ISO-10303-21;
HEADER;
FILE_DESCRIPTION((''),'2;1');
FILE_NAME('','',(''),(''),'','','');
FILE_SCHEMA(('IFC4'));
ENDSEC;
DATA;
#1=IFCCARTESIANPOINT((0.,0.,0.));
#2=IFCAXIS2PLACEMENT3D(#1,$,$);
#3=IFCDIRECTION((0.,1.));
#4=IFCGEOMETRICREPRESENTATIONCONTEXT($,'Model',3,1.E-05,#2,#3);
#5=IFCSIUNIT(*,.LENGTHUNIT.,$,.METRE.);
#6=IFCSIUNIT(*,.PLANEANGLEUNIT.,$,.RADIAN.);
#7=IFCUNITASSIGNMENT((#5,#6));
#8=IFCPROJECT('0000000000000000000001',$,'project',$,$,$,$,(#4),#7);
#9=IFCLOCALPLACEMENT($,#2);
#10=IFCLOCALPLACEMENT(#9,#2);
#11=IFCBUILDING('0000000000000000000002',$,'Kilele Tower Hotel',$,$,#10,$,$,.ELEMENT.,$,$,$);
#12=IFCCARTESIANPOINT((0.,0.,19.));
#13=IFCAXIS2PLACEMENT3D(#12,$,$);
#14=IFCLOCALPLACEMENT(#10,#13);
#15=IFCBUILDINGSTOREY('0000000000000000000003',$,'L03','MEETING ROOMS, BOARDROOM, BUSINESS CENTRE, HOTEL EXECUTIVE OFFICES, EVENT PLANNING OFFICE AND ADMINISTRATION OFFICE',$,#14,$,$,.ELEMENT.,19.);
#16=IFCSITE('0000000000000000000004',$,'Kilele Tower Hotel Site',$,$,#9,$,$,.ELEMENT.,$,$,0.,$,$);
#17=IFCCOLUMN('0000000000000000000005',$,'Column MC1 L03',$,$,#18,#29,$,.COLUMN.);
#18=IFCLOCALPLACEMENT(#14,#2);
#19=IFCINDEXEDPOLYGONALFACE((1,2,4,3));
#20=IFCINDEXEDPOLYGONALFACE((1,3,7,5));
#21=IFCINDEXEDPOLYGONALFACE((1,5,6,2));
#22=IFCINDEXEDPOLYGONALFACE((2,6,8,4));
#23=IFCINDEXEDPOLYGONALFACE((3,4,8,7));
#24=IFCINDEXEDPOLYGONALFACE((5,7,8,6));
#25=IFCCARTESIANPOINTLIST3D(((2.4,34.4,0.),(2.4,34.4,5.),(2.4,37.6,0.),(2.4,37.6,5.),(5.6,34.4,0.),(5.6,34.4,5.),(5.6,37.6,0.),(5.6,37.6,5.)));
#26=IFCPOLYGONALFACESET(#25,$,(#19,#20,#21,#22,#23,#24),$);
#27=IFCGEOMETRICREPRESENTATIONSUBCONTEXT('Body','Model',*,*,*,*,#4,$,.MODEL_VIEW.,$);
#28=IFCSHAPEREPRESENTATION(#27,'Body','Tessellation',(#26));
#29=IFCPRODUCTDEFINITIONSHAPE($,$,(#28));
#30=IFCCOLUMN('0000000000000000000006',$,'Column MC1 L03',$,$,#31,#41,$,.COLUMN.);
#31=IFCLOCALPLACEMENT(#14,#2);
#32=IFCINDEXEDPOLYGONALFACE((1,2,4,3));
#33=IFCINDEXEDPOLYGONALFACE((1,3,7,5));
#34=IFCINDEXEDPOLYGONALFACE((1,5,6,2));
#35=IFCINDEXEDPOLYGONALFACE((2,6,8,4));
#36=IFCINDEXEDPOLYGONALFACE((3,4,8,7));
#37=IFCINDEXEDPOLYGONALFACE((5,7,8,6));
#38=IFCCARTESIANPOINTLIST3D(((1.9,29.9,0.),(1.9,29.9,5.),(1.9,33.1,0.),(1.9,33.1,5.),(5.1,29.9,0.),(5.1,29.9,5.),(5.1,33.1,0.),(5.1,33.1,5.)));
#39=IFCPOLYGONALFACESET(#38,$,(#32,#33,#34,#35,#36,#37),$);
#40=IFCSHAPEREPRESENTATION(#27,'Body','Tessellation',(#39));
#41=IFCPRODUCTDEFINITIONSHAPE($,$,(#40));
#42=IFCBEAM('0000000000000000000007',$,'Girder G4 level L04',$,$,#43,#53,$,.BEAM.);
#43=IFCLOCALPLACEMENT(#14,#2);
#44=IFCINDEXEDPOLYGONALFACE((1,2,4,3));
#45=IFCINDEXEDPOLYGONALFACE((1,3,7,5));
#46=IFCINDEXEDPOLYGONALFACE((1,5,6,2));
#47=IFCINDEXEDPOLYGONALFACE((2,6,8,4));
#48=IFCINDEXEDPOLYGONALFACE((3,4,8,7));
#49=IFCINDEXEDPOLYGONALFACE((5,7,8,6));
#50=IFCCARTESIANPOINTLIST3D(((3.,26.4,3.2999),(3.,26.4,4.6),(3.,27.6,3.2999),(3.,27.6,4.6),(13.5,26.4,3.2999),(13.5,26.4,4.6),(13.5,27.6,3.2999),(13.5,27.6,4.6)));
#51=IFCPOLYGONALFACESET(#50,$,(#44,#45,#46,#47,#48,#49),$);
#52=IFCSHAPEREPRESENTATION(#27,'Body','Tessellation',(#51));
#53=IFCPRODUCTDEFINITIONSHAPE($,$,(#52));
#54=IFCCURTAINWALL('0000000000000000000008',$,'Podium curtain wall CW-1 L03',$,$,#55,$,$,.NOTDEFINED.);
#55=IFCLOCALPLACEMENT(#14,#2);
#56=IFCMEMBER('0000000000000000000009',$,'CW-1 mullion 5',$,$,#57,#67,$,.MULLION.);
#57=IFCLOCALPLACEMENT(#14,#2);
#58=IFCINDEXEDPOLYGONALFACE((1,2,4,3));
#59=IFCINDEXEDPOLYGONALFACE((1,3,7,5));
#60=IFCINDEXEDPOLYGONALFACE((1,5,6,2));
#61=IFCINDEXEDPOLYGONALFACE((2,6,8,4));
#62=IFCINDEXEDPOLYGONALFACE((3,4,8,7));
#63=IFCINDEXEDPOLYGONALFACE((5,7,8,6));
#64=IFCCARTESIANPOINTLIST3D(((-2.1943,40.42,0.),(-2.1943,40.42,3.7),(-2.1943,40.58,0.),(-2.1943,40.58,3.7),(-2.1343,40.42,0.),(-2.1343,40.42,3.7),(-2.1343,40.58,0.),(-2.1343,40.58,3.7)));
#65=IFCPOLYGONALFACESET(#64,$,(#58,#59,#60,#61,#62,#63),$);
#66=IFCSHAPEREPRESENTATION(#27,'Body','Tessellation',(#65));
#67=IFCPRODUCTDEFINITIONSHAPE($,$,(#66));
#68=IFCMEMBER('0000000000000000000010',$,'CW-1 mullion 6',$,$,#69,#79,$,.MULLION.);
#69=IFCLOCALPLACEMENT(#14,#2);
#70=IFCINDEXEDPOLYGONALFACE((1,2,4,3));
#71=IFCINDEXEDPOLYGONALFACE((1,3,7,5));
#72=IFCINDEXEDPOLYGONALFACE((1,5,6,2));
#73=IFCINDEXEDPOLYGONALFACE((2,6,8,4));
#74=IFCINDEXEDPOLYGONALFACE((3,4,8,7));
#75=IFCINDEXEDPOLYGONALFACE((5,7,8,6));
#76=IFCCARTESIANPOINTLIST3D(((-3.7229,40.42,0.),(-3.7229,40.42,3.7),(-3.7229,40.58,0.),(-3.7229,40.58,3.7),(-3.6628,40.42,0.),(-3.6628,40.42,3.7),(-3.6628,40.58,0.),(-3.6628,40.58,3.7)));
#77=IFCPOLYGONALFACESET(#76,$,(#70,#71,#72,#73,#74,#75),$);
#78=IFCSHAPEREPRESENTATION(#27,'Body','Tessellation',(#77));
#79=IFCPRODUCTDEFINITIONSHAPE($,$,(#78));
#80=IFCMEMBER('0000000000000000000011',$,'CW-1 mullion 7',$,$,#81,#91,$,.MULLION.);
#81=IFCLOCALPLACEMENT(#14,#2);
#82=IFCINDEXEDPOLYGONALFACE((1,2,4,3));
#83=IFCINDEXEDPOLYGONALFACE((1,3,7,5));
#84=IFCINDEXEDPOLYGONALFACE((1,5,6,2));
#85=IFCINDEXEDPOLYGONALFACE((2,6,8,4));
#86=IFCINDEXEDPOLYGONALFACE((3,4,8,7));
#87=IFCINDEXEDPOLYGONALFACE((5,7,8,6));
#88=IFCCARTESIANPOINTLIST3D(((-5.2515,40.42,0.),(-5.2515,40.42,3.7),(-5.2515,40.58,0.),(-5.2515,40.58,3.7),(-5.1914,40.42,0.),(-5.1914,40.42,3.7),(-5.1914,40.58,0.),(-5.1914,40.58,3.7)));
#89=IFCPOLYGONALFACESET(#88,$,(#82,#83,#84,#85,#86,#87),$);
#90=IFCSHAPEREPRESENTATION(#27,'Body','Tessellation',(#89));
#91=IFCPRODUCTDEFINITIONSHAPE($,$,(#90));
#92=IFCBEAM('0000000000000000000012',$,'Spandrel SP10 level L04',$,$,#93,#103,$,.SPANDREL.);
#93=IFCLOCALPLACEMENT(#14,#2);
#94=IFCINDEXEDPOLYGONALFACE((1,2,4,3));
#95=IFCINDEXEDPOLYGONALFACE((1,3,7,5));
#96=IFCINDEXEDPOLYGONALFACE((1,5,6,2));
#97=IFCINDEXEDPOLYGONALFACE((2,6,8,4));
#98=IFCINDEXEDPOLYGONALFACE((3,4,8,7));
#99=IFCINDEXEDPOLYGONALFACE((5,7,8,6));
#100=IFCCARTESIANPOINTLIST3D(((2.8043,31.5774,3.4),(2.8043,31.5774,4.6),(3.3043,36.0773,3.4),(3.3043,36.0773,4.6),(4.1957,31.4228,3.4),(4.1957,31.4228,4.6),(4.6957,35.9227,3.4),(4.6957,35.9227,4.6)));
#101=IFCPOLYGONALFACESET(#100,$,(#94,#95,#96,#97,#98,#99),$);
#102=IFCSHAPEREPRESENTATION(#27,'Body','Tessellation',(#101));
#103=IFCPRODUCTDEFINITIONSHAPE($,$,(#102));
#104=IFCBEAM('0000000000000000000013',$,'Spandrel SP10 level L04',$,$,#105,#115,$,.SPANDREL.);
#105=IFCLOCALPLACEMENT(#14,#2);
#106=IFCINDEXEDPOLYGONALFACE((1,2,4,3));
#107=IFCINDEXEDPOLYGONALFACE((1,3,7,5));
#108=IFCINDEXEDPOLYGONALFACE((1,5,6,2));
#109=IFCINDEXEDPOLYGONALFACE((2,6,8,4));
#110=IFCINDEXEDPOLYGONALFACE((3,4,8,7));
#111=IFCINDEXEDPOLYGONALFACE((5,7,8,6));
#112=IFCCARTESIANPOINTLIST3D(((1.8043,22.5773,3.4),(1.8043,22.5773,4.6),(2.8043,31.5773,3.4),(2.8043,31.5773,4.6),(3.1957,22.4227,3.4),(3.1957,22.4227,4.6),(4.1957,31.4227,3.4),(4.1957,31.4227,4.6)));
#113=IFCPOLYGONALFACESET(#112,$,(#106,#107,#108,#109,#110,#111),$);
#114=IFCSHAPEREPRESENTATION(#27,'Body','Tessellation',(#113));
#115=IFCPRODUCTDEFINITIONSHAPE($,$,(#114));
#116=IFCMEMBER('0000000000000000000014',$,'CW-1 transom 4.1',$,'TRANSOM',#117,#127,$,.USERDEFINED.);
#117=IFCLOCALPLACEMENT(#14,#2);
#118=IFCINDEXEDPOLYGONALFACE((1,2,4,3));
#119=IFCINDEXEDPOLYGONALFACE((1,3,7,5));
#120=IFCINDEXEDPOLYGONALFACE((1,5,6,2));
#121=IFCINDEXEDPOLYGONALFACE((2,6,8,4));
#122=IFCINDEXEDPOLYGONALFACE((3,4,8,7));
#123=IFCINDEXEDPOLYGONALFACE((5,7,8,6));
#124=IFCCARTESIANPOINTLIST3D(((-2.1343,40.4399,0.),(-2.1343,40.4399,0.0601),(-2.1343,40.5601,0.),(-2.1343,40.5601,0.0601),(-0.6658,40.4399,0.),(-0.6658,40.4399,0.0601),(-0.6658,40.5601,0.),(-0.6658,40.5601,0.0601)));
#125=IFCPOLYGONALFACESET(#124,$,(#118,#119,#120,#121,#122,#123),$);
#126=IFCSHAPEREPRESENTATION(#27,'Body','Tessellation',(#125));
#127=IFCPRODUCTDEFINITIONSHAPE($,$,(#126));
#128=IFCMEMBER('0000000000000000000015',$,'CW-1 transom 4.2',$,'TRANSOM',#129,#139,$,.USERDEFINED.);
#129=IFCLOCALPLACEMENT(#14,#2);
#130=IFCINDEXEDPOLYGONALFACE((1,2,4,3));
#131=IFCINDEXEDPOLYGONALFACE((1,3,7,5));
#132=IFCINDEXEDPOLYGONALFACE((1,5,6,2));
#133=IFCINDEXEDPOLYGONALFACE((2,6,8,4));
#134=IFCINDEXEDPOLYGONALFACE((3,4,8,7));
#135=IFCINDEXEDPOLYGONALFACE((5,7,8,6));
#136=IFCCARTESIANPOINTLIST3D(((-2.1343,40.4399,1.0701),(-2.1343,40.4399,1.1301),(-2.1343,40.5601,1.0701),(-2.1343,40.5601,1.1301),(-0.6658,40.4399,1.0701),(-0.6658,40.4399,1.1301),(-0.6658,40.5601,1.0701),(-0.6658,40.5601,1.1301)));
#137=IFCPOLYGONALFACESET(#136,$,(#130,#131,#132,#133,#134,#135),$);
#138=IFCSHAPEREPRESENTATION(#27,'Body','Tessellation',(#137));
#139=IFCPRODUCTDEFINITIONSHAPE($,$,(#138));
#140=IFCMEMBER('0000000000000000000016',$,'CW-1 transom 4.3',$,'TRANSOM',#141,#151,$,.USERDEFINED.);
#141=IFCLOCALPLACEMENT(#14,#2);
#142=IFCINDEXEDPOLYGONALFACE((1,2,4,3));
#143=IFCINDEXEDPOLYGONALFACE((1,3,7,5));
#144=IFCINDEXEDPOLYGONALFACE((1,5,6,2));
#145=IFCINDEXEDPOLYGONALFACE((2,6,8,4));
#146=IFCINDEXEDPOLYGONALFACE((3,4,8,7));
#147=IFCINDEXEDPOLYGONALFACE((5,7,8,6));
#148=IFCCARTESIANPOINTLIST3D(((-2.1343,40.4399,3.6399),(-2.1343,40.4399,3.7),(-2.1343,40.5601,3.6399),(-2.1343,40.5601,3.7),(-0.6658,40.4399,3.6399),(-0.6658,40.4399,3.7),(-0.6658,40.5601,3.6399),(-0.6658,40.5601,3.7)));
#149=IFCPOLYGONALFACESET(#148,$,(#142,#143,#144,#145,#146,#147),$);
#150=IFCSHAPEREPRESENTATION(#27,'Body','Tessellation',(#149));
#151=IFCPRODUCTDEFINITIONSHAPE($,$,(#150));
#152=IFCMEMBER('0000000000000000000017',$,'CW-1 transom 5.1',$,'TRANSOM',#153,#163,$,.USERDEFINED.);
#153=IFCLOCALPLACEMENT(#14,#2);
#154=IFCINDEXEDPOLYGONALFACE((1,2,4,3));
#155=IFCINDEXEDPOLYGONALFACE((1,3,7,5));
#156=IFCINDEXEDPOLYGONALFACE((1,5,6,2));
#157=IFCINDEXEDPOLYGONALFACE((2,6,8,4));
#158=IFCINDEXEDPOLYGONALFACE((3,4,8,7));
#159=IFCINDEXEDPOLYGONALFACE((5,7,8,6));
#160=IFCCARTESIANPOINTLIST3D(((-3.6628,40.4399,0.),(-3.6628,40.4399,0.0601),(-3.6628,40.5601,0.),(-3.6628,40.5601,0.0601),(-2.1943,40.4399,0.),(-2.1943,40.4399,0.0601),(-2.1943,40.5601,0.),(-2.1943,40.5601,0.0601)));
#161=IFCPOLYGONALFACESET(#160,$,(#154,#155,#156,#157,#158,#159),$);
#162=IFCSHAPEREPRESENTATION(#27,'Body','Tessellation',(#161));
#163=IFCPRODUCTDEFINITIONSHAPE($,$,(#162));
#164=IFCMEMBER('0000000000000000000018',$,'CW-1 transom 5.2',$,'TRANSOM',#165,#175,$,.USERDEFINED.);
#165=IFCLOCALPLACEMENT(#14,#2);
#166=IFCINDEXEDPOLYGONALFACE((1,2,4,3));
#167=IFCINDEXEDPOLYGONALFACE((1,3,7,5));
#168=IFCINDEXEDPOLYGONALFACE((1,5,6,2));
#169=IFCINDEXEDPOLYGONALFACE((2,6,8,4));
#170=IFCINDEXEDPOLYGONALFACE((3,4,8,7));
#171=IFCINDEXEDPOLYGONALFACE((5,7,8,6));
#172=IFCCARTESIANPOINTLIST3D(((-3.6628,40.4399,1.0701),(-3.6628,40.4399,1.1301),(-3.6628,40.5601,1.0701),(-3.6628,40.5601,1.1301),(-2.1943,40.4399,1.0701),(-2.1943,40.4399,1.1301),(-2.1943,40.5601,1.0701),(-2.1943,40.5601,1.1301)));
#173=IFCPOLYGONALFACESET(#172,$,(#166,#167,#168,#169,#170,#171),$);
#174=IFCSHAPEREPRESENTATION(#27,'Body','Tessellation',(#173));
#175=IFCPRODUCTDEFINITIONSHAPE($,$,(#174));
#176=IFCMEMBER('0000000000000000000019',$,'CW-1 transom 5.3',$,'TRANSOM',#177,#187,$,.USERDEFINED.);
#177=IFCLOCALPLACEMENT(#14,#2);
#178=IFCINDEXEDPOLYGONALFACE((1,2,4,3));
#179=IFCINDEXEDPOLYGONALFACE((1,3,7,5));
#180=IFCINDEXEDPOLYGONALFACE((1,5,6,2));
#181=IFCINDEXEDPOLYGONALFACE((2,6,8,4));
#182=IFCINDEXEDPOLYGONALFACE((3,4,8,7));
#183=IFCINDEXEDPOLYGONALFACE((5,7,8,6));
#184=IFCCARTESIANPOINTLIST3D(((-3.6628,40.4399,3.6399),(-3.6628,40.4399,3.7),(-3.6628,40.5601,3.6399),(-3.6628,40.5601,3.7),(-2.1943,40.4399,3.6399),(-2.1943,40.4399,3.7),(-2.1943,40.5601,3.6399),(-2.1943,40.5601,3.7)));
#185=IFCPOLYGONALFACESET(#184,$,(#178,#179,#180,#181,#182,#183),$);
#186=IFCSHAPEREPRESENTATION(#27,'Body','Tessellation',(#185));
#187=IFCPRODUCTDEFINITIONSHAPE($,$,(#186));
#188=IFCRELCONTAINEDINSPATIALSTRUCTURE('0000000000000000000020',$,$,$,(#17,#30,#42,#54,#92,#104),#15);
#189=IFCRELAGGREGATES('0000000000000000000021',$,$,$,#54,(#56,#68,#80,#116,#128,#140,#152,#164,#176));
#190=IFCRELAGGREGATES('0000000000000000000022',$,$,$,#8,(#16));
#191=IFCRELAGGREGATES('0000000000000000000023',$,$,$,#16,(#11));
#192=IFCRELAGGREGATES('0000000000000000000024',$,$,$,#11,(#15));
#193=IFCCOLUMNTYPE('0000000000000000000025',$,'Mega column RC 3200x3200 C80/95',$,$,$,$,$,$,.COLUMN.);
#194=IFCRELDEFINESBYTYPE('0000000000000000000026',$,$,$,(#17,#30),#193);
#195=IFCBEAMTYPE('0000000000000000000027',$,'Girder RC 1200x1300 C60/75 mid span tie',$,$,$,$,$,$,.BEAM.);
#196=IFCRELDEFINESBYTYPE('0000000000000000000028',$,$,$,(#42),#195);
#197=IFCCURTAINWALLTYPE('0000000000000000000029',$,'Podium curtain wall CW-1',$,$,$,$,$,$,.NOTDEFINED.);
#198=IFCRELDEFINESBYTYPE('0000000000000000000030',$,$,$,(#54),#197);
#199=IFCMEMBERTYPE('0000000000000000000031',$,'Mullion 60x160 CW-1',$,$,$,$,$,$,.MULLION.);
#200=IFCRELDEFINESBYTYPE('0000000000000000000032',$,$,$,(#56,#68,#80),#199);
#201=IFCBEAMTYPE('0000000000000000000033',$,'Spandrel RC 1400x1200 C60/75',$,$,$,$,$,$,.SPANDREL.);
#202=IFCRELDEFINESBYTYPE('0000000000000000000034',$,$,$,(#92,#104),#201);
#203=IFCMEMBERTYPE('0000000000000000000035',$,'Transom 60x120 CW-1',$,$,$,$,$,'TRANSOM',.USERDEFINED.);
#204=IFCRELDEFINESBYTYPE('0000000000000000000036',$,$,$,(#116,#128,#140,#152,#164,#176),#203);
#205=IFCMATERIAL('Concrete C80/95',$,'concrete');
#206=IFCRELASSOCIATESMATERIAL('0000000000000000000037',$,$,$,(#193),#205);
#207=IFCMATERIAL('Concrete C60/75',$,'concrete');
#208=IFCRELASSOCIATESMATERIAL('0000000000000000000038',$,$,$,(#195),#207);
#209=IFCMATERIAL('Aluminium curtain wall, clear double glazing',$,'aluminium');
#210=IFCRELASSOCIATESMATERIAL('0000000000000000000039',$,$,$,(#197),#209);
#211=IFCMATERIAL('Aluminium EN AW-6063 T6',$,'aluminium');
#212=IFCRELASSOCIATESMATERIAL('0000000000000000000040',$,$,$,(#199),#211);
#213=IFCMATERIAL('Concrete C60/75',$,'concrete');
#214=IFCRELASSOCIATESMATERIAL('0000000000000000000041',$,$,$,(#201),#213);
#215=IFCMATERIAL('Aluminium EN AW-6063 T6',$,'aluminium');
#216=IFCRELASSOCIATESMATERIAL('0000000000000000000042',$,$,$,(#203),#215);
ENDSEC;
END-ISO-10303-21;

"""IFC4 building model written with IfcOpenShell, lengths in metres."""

from ifc_helpers import new_model, si_unit, direction, frame, origin, origin_2d, place, context, subcontext, project, spatial, rectangle, extrude, material, material_profile, profile_set, type_object, element, aggregate, save


model = new_model("IFC4")

# Units and contexts
model_context = context("Model", 3, precision=1e-05, world=origin(), true_north=direction((0.0, 1.0)))
body_context = subcontext(model_context, "Body", "Model", "MODEL_VIEW")
ifc_project = project(units=[si_unit("LENGTHUNIT", "METRE"), si_unit("PLANEANGLEUNIT", "RADIAN")], contexts=[model_context])

# Site, building, storey
site_placement = place(None, origin())
site = spatial("IfcSite", under=ifc_project, at=site_placement, Name="Kilele Tower Hotel Site", CompositionType="ELEMENT", RefElevation=0.0)
building_placement = place(site_placement, origin())
building = spatial("IfcBuilding", under=site, at=building_placement, Name="Kilele Tower Hotel", CompositionType="ELEMENT")
storey_placement = place(building_placement, frame((0.0, 0.0, 19.0)))
storey = spatial("IfcBuildingStorey", under=building, at=storey_placement, Name="L03", Description="MEETING ROOMS, BOARDROOM, BUSINESS CENTRE, HOTEL EXECUTIVE OFFICES, EVENT PLANNING OFFICE AND ADMINISTRATION OFFICE", CompositionType="ELEMENT", Elevation=19.0)

# Columns
ifc_material_1 = material(Name="Concrete C80/95", Category="concrete")
ifc_material_profile_1 = material_profile(ifc_material_1, rectangle(XDim=3.2, YDim=3.2, at=origin_2d()))
ifc_profile_set_1 = profile_set([ifc_material_profile_1], Name="Concrete C80/95")
column_type = type_object("IfcColumnType", Name="Mega column RC 3200x3200 C80/95", PredefinedType="COLUMN", material=ifc_profile_set_1)
for number, where, z_axis, x_axis, name in (
    (1, (4.0, 36.0, 0.0), (0.0, 0.0, 1.0), (1.0, 0.0, 0.0), "Column MC1 L03"),
    (2, (3.5, 31.5, 0.0), (0.0, 0.0, 1.0), (1.0, 0.0, 0.0), "Column MC1 L03"),
):
    element("IfcColumn", number, at=place(storey_placement, frame(where, z_axis=z_axis, x_axis=x_axis)), inside=storey, type_object=column_type, Name=name, PredefinedType="COLUMN", context=body_context, shape_type="SweptSolid", body=[
        extrude(rectangle(XDim=3.2, YDim=3.2, at=origin_2d()), origin(), (0.0, 0.0, 1.0), 5.0),
    ])

# Beam
ifc_material_2 = material(Name="Concrete C60/75", Category="concrete")
ifc_material_profile_2 = material_profile(ifc_material_2, rectangle(XDim=1.2, YDim=1.3, at=origin_2d()))
ifc_profile_set_2 = profile_set([ifc_material_profile_2], Name="Concrete C60/75")
beam_type_1 = type_object("IfcBeamType", Name="Girder RC 1200x1300 C60/75 mid span tie", PredefinedType="BEAM", material=ifc_profile_set_2)
beam_1_placement = place(storey_placement, frame((3.0, 27.0, 3.95), z_axis=(1.0, 0.0, 0.0), x_axis=(0.0, 1.0, 0.0)))
element("IfcBeam", 3, at=beam_1_placement, inside=storey, type_object=beam_type_1, Name="Girder G4 level L04", PredefinedType="BEAM", context=body_context, shape_type="SweptSolid", body=[
    extrude(rectangle(XDim=1.2, YDim=1.3, at=origin_2d()), origin(), (0.0, 0.0, 1.0), 10.5),
])

# Curtain wall, members
ifc_material_3 = material(Name="Aluminium curtain wall, clear double glazing", Category="aluminium")
curtain_wall_type = type_object("IfcCurtainWallType", Name="Podium curtain wall CW-1", PredefinedType="NOTDEFINED", material=ifc_material_3)
curtain_wall_placement = place(storey_placement, origin())
curtain_wall = element("IfcCurtainWall", 4, at=curtain_wall_placement, inside=storey, type_object=curtain_wall_type, Name="Podium curtain wall CW-1 L03", PredefinedType="NOTDEFINED")
ifc_material_4 = material(Name="Aluminium EN AW-6063 T6", Category="aluminium")
ifc_material_profile_3 = material_profile(ifc_material_4, rectangle(XDim=0.1599, YDim=0.0601, at=origin_2d()))
ifc_profile_set_3 = profile_set([ifc_material_profile_3], Name="Aluminium EN AW-6063 T6")
member_type_1 = type_object("IfcMemberType", Name="Mullion 60x160 CW-1", PredefinedType="MULLION", material=ifc_profile_set_3)
member_1_placement = place(storey_placement, frame((-2.1643, 40.5, 0.0), z_axis=(0.0, 0.0, 1.0), x_axis=(0.0, -1.0, 0.0)))
member_1 = element("IfcMember", 5, at=member_1_placement, type_object=member_type_1, Name="CW-1 mullion 5", PredefinedType="MULLION", context=body_context, shape_type="SweptSolid", body=[
    extrude(rectangle(XDim=0.1599, YDim=0.0601, at=origin_2d()), origin(), (0.0, 0.0, 1.0), 3.7),
])
member_2_placement = place(storey_placement, frame((-3.6929, 40.5, 0.0), z_axis=(0.0, 0.0, 1.0), x_axis=(0.0, -1.0, 0.0)))
member_2 = element("IfcMember", 6, at=member_2_placement, type_object=member_type_1, Name="CW-1 mullion 6", PredefinedType="MULLION", context=body_context, shape_type="SweptSolid", body=[
    extrude(rectangle(XDim=0.1599, YDim=0.0601, at=origin_2d()), origin(), (0.0, 0.0, 1.0), 3.7),
])
member_3_placement = place(storey_placement, frame((-5.2214, 40.5, 0.0), z_axis=(0.0, 0.0, 1.0), x_axis=(0.0, -1.0, 0.0)))
member_3 = element("IfcMember", 7, at=member_3_placement, type_object=member_type_1, Name="CW-1 mullion 7", PredefinedType="MULLION", context=body_context, shape_type="SweptSolid", body=[
    extrude(rectangle(XDim=0.1599, YDim=0.0601, at=origin_2d()), origin(), (0.0, 0.0, 1.0), 3.7),
])

# Beams
ifc_material_5 = material(Name="Concrete C60/75", Category="concrete")
ifc_material_profile_4 = material_profile(ifc_material_5, rectangle(XDim=1.3999, YDim=1.2, at=origin_2d()))
ifc_profile_set_4 = profile_set([ifc_material_profile_4], Name="Concrete C60/75")
beam_type_2 = type_object("IfcBeamType", Name="Spandrel RC 1400x1200 C60/75", PredefinedType="SPANDREL", material=ifc_profile_set_4)
beam_2_placement = place(storey_placement, frame((4.0, 36.0, 4.0), z_axis=(-0.110432, -0.993884, 0.0), x_axis=(0.993884, -0.110432, 0.0)))
element("IfcBeam", 8, at=beam_2_placement, inside=storey, type_object=beam_type_2, Name="Spandrel SP10 level L04", PredefinedType="SPANDREL", context=body_context, shape_type="SweptSolid", body=[
    extrude(rectangle(XDim=1.3999, YDim=1.2, at=origin_2d()), origin(), (0.0, 0.0, 1.0), 4.5276),
])
beam_3_placement = place(storey_placement, frame((3.5, 31.5, 4.0), z_axis=(-0.110432, -0.993884, 0.0), x_axis=(0.993884, -0.110432, 0.0)))
element("IfcBeam", 9, at=beam_3_placement, inside=storey, type_object=beam_type_2, Name="Spandrel SP10 level L04", PredefinedType="SPANDREL", context=body_context, shape_type="SweptSolid", body=[
    extrude(rectangle(XDim=1.3999, YDim=1.2, at=origin_2d()), origin(), (0.0, 0.0, 1.0), 9.0554),
])

# Members
ifc_material_6 = material(Name="Aluminium EN AW-6063 T6", Category="aluminium")
ifc_material_profile_5 = material_profile(ifc_material_6, rectangle(XDim=0.1201, YDim=0.0601, at=origin_2d()))
ifc_profile_set_5 = profile_set([ifc_material_profile_5], Name="Aluminium EN AW-6063 T6")
member_type_2 = type_object("IfcMemberType", Name="Transom 60x120 CW-1", ElementType="TRANSOM", PredefinedType="USERDEFINED", material=ifc_profile_set_5)
member_4_placement = place(storey_placement, frame((-0.6658, 40.5, 0.03), z_axis=(-1.0, 0.0, 0.0), x_axis=(0.0, -1.0, 0.0)))
member_4 = element("IfcMember", 10, at=member_4_placement, type_object=member_type_2, Name="CW-1 transom 4.1", ObjectType="TRANSOM", PredefinedType="USERDEFINED", context=body_context, shape_type="SweptSolid", body=[
    extrude(rectangle(XDim=0.1201, YDim=0.0601, at=origin_2d()), origin(), (0.0, 0.0, 1.0), 1.4685),
])
member_5_placement = place(storey_placement, frame((-0.6658, 40.5, 1.1001), z_axis=(-1.0, 0.0, 0.0), x_axis=(0.0, -1.0, 0.0)))
member_5 = element("IfcMember", 11, at=member_5_placement, type_object=member_type_2, Name="CW-1 transom 4.2", ObjectType="TRANSOM", PredefinedType="USERDEFINED", context=body_context, shape_type="SweptSolid", body=[
    extrude(rectangle(XDim=0.1201, YDim=0.0601, at=origin_2d()), origin(), (0.0, 0.0, 1.0), 1.4685),
])
member_6_placement = place(storey_placement, frame((-0.6658, 40.5, 3.6699), z_axis=(-1.0, 0.0, 0.0), x_axis=(0.0, -1.0, 0.0)))
member_6 = element("IfcMember", 12, at=member_6_placement, type_object=member_type_2, Name="CW-1 transom 4.3", ObjectType="TRANSOM", PredefinedType="USERDEFINED", context=body_context, shape_type="SweptSolid", body=[
    extrude(rectangle(XDim=0.1201, YDim=0.0601, at=origin_2d()), origin(), (0.0, 0.0, 1.0), 1.4685),
])
member_7_placement = place(storey_placement, frame((-2.1943, 40.5, 0.03), z_axis=(-1.0, 0.0, 0.0), x_axis=(0.0, -1.0, 0.0)))
member_7 = element("IfcMember", 13, at=member_7_placement, type_object=member_type_2, Name="CW-1 transom 5.1", ObjectType="TRANSOM", PredefinedType="USERDEFINED", context=body_context, shape_type="SweptSolid", body=[
    extrude(rectangle(XDim=0.1201, YDim=0.0601, at=origin_2d()), origin(), (0.0, 0.0, 1.0), 1.4685),
])
member_8_placement = place(storey_placement, frame((-2.1943, 40.5, 1.1001), z_axis=(-1.0, 0.0, 0.0), x_axis=(0.0, -1.0, 0.0)))
member_8 = element("IfcMember", 14, at=member_8_placement, type_object=member_type_2, Name="CW-1 transom 5.2", ObjectType="TRANSOM", PredefinedType="USERDEFINED", context=body_context, shape_type="SweptSolid", body=[
    extrude(rectangle(XDim=0.1201, YDim=0.0601, at=origin_2d()), origin(), (0.0, 0.0, 1.0), 1.4685),
])
member_9_placement = place(storey_placement, frame((-2.1943, 40.5, 3.6699), z_axis=(-1.0, 0.0, 0.0), x_axis=(0.0, -1.0, 0.0)))
member_9 = element("IfcMember", 15, at=member_9_placement, type_object=member_type_2, Name="CW-1 transom 5.3", ObjectType="TRANSOM", PredefinedType="USERDEFINED", context=body_context, shape_type="SweptSolid", body=[
    extrude(rectangle(XDim=0.1201, YDim=0.0601, at=origin_2d()), origin(), (0.0, 0.0, 1.0), 1.4685),
])

aggregate(curtain_wall, [member_1, member_2, member_3, member_4, member_5, member_6, member_7, member_8, member_9])

save(model, "model.ifc")
